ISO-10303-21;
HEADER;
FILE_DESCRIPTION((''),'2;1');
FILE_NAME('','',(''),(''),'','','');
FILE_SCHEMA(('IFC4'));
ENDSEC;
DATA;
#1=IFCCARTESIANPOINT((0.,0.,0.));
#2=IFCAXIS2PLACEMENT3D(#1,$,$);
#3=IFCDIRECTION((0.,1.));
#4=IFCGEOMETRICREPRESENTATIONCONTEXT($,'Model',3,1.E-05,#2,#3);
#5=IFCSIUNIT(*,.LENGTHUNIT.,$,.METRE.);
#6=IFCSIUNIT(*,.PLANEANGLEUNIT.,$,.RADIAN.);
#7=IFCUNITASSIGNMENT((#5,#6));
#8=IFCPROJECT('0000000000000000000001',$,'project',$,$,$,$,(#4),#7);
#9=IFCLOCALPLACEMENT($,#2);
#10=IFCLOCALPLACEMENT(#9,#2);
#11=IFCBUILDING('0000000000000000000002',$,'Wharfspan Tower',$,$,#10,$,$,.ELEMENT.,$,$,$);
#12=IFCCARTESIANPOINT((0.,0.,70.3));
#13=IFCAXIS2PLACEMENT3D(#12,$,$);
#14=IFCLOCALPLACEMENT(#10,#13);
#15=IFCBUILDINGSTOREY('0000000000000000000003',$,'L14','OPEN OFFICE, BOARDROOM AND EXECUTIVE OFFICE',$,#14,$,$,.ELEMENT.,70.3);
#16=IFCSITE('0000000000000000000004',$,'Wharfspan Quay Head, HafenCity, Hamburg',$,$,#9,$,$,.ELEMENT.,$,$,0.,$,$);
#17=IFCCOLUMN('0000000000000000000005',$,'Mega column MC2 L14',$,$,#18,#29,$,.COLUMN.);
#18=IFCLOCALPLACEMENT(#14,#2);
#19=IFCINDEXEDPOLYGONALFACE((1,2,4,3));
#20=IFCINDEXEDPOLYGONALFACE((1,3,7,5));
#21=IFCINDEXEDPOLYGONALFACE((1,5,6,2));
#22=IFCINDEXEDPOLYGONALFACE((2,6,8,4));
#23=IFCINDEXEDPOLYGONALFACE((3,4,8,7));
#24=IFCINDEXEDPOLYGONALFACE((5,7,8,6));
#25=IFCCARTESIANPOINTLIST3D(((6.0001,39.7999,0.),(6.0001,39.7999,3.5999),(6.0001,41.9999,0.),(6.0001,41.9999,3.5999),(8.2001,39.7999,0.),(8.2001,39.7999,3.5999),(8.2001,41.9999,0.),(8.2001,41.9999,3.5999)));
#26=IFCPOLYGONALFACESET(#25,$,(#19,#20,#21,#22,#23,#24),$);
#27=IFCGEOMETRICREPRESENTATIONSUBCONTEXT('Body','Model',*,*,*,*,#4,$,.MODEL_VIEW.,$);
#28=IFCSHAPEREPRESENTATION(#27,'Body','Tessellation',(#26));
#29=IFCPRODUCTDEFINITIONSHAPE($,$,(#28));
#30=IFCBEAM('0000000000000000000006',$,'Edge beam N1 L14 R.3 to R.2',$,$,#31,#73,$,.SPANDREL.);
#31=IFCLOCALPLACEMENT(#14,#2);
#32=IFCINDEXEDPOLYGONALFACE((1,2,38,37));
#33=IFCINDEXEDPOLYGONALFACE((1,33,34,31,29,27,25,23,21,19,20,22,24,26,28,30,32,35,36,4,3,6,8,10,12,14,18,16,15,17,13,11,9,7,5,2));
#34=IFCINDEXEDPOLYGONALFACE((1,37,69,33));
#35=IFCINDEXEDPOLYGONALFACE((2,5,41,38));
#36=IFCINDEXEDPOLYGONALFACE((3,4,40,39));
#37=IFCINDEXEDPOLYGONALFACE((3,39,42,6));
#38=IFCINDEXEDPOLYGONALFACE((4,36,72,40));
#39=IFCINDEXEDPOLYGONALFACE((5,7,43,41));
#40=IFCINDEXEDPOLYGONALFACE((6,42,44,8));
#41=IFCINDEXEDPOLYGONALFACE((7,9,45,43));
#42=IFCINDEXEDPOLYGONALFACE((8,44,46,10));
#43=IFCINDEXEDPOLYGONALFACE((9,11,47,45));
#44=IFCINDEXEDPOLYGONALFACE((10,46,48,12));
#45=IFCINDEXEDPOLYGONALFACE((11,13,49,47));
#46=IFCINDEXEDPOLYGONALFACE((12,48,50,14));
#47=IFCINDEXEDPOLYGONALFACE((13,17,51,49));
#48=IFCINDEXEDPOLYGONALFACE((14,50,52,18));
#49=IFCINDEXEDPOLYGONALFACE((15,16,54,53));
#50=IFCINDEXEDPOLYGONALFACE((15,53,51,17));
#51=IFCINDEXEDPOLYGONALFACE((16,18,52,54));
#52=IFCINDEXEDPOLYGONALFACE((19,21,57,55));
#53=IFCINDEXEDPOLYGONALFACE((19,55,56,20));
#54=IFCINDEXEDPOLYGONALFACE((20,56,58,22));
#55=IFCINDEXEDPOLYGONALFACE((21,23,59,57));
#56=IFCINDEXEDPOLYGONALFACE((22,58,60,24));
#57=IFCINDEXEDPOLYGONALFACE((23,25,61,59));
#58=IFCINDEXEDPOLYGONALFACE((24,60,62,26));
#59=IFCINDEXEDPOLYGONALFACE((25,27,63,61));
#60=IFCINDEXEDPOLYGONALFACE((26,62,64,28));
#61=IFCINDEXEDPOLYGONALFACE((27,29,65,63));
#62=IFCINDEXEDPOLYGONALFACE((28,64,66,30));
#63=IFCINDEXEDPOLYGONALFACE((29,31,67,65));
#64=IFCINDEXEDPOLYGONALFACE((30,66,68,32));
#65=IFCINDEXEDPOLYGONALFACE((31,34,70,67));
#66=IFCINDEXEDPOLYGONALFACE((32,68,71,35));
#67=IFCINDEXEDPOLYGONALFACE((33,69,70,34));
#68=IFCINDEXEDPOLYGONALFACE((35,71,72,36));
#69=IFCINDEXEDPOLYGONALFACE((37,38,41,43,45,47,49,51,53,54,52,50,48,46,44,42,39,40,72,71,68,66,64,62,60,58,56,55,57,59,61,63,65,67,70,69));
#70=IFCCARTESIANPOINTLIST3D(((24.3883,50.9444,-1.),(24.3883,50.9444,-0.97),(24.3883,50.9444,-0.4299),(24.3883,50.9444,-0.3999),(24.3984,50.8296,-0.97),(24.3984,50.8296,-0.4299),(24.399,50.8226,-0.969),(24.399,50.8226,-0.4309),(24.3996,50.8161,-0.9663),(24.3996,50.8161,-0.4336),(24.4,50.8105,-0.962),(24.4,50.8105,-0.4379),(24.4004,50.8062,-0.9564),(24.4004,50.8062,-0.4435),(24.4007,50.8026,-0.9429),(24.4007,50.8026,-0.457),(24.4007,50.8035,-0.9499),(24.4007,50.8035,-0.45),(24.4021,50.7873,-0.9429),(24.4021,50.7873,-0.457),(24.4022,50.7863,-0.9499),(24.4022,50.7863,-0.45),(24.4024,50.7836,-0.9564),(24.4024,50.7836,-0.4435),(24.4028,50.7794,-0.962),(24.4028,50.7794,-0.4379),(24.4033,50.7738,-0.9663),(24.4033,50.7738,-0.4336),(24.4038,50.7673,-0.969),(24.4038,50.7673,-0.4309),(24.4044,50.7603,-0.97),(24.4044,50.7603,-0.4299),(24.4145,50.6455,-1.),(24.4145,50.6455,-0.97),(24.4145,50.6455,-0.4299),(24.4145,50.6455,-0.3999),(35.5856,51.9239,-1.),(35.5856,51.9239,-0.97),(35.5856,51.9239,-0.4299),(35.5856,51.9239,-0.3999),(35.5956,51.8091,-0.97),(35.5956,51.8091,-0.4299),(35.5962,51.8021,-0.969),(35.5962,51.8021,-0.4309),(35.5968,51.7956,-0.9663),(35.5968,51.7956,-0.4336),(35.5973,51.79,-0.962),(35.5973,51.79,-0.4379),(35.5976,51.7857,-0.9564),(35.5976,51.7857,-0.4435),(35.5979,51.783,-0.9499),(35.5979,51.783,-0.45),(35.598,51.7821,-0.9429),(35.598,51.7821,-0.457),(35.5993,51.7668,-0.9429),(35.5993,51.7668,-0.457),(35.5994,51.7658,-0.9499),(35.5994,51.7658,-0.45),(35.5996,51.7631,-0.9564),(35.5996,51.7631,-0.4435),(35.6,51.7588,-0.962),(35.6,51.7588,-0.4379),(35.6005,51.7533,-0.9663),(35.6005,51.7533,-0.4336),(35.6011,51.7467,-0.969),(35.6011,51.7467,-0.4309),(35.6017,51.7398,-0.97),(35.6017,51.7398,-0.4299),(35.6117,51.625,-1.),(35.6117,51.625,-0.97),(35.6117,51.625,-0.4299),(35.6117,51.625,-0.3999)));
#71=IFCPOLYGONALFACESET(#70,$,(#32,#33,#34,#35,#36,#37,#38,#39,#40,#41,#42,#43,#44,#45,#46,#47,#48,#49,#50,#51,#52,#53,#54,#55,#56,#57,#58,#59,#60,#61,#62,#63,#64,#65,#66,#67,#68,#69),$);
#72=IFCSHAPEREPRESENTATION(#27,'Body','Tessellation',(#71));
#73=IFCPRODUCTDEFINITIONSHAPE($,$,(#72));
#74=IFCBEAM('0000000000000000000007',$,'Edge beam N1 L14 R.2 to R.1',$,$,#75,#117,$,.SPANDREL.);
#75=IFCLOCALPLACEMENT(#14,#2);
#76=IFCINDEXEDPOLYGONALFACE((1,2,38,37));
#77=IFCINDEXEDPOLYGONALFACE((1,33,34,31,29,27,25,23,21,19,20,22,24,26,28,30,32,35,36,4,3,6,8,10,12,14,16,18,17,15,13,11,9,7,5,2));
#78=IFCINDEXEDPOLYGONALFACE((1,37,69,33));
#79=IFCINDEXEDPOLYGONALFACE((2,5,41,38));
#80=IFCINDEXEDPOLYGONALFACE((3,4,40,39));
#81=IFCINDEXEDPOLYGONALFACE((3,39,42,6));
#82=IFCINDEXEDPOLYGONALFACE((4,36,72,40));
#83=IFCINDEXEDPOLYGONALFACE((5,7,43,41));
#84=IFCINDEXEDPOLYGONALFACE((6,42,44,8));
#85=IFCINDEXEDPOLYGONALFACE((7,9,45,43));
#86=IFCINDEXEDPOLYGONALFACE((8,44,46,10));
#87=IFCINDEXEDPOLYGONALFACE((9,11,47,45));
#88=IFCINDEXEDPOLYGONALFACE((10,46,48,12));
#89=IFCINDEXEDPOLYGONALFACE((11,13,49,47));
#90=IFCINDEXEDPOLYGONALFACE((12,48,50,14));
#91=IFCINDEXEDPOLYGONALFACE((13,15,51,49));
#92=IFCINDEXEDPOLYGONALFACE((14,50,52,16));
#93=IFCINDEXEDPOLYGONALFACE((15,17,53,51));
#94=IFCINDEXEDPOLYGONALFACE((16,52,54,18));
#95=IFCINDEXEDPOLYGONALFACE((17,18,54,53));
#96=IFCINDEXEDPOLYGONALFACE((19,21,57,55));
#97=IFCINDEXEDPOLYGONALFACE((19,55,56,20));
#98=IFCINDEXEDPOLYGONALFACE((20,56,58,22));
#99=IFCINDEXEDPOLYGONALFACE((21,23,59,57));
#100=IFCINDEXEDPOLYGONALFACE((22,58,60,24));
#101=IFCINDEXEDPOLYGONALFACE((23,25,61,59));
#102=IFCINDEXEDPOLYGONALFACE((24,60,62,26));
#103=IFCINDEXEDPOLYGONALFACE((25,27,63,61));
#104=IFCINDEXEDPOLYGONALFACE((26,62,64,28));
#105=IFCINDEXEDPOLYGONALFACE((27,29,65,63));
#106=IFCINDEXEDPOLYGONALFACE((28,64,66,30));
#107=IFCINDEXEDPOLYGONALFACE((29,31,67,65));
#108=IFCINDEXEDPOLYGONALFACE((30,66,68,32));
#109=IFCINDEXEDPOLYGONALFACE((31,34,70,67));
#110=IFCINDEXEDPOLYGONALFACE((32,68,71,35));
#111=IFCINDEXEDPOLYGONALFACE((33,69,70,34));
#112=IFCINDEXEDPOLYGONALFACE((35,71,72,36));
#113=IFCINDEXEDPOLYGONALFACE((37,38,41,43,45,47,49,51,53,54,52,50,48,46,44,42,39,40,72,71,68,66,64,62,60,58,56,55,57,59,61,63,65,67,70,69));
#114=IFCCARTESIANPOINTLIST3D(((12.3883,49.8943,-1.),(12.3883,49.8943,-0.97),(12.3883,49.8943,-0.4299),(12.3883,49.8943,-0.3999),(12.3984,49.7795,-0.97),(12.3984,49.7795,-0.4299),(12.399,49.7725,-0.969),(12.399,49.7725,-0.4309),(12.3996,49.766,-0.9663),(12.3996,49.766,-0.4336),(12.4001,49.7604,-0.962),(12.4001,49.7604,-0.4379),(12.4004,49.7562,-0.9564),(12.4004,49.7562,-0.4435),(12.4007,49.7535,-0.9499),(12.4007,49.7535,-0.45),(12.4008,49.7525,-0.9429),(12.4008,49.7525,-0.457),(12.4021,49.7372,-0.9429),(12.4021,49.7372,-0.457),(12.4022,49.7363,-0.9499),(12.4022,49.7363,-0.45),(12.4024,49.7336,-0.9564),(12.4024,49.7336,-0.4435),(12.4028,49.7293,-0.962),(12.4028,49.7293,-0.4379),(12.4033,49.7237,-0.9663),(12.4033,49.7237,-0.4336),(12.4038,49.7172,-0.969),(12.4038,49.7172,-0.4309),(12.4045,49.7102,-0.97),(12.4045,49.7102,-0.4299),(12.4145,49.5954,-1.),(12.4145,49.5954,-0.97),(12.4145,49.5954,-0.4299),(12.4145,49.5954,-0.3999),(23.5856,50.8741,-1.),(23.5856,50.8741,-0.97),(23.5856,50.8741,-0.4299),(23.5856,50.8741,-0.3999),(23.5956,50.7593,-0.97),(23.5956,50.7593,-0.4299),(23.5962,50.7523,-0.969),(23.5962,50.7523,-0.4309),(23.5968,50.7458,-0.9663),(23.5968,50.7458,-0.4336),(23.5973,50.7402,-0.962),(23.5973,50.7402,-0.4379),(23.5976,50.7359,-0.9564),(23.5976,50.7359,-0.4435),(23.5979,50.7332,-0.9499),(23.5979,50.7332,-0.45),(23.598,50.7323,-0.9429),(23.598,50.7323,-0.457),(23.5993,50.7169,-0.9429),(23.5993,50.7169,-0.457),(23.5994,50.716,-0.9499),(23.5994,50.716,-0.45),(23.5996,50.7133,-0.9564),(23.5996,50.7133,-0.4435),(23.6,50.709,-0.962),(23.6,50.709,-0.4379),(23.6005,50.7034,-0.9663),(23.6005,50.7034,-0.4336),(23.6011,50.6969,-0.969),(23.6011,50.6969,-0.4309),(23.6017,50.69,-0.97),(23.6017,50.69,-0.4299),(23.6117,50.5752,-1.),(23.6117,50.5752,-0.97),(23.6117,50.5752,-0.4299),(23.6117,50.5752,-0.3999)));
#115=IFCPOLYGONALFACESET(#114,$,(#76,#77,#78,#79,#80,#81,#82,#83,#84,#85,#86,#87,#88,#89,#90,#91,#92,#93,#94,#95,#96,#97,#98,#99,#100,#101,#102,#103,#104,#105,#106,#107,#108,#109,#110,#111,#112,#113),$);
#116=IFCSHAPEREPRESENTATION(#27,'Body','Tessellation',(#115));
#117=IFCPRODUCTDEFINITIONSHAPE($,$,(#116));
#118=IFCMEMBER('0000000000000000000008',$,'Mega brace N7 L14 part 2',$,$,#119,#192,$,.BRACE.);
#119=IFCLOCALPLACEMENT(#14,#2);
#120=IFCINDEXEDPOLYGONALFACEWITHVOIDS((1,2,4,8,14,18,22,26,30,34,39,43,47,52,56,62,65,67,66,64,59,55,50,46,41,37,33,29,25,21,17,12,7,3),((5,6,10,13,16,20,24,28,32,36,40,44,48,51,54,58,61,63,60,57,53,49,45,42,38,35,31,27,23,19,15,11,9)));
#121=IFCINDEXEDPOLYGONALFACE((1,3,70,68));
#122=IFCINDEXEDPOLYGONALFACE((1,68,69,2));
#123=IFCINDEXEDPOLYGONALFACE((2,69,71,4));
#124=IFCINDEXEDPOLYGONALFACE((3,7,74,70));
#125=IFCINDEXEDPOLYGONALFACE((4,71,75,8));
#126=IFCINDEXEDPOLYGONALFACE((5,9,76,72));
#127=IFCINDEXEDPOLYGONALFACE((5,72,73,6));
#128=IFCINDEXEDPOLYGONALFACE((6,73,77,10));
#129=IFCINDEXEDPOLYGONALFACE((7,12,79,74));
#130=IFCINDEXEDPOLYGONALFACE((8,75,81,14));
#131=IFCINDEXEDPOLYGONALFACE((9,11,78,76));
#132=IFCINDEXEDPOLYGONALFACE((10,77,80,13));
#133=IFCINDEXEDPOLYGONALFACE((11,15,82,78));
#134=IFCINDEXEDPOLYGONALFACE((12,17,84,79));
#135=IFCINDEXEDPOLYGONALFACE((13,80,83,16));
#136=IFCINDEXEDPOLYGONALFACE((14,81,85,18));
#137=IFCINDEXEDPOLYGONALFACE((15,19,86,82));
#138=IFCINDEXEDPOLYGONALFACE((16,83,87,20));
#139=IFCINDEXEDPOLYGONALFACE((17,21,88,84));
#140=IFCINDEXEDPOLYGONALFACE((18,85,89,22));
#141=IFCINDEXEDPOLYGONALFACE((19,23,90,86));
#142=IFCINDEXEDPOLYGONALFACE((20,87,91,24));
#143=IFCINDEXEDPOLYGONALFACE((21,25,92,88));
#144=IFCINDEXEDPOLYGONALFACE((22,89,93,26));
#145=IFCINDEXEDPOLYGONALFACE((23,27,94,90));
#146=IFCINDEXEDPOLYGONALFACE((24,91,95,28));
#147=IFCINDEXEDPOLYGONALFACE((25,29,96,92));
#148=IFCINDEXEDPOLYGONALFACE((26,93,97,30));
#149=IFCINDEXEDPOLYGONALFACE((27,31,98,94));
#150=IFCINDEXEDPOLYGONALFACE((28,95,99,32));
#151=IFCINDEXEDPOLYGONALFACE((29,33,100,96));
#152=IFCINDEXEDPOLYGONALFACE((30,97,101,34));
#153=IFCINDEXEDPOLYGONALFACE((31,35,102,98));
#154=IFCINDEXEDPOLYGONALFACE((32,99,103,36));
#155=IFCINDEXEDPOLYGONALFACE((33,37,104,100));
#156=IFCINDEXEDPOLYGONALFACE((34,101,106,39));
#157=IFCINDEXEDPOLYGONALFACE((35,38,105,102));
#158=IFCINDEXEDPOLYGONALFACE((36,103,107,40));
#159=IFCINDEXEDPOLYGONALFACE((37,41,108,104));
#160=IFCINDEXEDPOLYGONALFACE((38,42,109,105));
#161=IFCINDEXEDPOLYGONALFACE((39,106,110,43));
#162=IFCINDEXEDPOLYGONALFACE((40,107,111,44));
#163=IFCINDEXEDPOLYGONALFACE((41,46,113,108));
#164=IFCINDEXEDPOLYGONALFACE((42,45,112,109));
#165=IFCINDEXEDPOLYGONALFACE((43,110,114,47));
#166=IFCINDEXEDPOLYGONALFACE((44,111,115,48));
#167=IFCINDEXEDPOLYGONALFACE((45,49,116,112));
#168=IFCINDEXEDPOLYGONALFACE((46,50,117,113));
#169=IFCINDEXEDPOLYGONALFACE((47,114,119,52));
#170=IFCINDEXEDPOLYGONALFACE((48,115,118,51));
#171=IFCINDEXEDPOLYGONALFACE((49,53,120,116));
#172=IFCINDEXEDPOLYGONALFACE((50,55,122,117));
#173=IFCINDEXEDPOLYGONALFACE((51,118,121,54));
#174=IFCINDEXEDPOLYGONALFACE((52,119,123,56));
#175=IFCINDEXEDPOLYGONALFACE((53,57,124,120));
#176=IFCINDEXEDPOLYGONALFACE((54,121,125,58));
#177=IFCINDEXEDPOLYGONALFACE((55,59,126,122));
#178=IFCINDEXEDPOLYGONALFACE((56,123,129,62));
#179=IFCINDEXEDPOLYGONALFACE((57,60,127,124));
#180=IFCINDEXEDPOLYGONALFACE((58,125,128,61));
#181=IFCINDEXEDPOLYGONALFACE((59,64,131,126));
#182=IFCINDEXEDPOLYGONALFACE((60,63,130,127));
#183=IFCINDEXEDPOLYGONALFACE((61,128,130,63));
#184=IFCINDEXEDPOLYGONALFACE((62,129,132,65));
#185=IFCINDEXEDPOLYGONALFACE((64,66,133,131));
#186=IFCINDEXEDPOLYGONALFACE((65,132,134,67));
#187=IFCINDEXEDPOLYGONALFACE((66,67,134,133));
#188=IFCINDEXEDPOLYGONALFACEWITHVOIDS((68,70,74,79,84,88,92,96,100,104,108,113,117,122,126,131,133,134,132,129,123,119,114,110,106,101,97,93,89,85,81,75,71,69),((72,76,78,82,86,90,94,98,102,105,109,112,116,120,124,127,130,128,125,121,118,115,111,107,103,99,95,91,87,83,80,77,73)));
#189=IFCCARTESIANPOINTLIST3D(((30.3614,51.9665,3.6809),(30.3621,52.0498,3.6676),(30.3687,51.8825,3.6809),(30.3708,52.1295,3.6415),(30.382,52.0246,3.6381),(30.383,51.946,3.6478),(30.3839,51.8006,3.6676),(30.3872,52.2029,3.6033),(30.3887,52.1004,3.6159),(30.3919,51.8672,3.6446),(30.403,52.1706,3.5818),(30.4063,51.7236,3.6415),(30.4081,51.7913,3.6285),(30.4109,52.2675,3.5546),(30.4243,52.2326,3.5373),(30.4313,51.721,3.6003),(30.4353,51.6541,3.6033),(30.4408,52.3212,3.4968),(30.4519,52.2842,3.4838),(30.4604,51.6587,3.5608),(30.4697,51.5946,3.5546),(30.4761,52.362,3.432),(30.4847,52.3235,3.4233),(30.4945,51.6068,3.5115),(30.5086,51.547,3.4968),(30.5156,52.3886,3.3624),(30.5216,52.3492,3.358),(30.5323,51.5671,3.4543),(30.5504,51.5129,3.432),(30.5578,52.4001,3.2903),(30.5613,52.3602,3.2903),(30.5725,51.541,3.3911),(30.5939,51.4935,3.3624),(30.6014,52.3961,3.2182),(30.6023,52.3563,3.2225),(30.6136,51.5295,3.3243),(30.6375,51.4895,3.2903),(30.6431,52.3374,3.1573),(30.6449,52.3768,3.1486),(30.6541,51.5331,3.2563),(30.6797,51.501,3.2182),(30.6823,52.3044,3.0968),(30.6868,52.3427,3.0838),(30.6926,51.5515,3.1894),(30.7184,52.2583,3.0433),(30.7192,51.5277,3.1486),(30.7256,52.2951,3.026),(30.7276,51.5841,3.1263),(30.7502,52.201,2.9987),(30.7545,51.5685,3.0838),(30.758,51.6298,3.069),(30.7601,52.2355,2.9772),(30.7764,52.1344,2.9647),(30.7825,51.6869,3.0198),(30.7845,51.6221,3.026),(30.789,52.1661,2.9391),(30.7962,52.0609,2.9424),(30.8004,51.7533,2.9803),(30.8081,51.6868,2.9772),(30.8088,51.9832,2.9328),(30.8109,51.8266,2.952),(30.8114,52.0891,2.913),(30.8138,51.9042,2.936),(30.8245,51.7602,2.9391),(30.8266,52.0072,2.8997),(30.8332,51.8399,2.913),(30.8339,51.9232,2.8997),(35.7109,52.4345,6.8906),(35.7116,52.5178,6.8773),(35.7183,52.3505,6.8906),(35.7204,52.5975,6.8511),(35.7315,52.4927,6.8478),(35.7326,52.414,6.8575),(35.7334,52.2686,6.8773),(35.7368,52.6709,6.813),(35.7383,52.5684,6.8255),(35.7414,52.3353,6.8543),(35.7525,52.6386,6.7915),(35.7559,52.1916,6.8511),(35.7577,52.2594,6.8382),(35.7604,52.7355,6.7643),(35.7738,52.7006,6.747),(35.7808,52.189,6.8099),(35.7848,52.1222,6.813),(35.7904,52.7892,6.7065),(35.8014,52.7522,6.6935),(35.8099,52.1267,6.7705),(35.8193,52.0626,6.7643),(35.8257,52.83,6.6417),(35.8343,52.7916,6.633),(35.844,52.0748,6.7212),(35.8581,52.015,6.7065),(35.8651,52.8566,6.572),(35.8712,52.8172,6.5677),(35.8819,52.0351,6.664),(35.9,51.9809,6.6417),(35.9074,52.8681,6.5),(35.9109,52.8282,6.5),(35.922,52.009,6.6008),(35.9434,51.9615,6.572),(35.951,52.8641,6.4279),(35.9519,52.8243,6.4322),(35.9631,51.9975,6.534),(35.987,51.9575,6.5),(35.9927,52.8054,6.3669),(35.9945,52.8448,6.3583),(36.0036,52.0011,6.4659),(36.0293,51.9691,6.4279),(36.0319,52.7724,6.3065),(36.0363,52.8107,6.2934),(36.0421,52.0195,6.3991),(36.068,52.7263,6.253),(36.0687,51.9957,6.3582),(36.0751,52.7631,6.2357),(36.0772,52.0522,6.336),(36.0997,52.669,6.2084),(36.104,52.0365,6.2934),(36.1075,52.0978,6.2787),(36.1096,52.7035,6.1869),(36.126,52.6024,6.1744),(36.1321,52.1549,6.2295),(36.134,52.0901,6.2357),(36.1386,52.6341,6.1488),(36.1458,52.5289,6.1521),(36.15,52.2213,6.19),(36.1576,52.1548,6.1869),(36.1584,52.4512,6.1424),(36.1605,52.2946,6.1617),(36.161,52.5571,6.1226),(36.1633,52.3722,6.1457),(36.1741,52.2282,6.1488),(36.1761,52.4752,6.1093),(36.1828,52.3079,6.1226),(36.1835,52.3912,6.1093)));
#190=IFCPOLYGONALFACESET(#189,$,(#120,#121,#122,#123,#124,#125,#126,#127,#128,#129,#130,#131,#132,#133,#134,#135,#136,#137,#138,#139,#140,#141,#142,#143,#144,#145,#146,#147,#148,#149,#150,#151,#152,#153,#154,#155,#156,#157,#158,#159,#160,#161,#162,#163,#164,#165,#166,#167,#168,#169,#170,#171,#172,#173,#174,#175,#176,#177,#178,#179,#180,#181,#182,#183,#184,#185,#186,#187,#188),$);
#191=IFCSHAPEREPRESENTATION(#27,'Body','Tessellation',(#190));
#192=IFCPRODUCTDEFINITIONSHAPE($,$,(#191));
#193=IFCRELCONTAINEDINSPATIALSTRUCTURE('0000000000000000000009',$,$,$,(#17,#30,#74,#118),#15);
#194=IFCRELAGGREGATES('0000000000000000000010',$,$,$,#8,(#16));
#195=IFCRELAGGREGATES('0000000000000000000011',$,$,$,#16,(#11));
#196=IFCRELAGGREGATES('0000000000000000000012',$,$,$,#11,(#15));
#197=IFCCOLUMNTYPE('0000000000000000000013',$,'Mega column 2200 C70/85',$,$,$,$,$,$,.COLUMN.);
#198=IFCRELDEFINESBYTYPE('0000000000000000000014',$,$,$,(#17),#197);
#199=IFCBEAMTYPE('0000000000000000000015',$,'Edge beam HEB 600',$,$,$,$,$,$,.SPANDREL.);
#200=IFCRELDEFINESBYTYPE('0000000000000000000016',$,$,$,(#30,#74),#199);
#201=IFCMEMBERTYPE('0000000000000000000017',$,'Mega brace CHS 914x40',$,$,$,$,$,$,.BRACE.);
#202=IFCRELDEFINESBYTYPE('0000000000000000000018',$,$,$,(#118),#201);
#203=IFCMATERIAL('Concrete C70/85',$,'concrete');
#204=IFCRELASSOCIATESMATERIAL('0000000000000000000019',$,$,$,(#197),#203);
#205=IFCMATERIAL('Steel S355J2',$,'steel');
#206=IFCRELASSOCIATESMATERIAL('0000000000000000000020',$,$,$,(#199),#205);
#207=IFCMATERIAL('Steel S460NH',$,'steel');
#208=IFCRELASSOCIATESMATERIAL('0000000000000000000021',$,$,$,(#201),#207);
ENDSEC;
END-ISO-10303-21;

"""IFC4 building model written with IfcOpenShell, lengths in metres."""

from ifc_helpers import new_model, si_unit, direction, frame, origin, origin_2d, place, context, subcontext, project, spatial, rectangle, hollow_circle, i_section, extrude, material, material_profile, profile_set, type_object, element, save


model = new_model("IFC4")

# Units and contexts
model_context = context("Model", 3, precision=1e-05, world=origin(), true_north=direction((0.0, 1.0)))
body_context = subcontext(model_context, "Body", "Model", "MODEL_VIEW")
ifc_project = project(units=[si_unit("LENGTHUNIT", "METRE"), si_unit("PLANEANGLEUNIT", "RADIAN")], contexts=[model_context])

# Site, building, storey
site_placement = place(None, origin())
site = spatial("IfcSite", under=ifc_project, at=site_placement, Name="Wharfspan Quay Head, HafenCity, Hamburg", CompositionType="ELEMENT", RefElevation=0.0)
building_placement = place(site_placement, origin())
building = spatial("IfcBuilding", under=site, at=building_placement, Name="Wharfspan Tower", CompositionType="ELEMENT")
storey_placement = place(building_placement, frame((0.0, 0.0, 70.3)))
storey = spatial("IfcBuildingStorey", under=building, at=storey_placement, Name="L14", Description="OPEN OFFICE, BOARDROOM AND EXECUTIVE OFFICE", CompositionType="ELEMENT", Elevation=70.3)

# Column
ifc_material_1 = material(Name="Steel S355J2", Category="steel")
ifc_material_2 = material(Name="Concrete C70/85", Category="concrete")
ifc_material_profile_1 = material_profile(ifc_material_2, rectangle(XDim=2.2, YDim=2.2, at=origin_2d()))
ifc_profile_set_1 = profile_set([ifc_material_profile_1], Name="Concrete C70/85")
column_type_1 = type_object("IfcColumnType", Name="Mega column 2200 C70/85", PredefinedType="COLUMN", material=ifc_profile_set_1)
column_1_placement = place(storey_placement, frame((7.1001, 40.8999, 0.0), z_axis=(0.0, 0.0, 1.0), x_axis=(1.0, 0.0, 0.0)))
element("IfcColumn", 1, at=column_1_placement, inside=storey, type_object=column_type_1, Name="Mega column MC2 L14", PredefinedType="COLUMN", context=body_context, shape_type="SweptSolid", body=[
    extrude(rectangle(XDim=2.2, YDim=2.2, at=origin_2d()), origin(), (0.0, 0.0, 1.0), 3.5999),
])

# Beams
ifc_material_profile_2 = material_profile(ifc_material_1, i_section(OverallWidth=0.3, OverallDepth=0.6001, WebThickness=0.0154, FlangeThickness=0.03, FilletRadius=0.0271, at=origin_2d()))
ifc_profile_set_2 = profile_set([ifc_material_profile_2], Name="Steel S355J2")
beam_type = type_object("IfcBeamType", Name="Edge beam HEB 600", PredefinedType="SPANDREL", material=ifc_profile_set_2)
for number, where, z_axis, x_axis, name in (
    (2, (35.5986, 51.7744, -0.7), (-0.996196, -0.087143, 0.0), (0.087143, -0.996196, 0.0), "Edge beam N1 L14 R.3 to R.2"),
    (3, (23.5986, 50.7246, -0.7), (-0.996194, -0.087165, 0.0), (0.087165, -0.996194, 0.0), "Edge beam N1 L14 R.2 to R.1"),
):
    element("IfcBeam", number, at=place(storey_placement, frame(where, z_axis=z_axis, x_axis=x_axis)), inside=storey, type_object=beam_type, Name=name, PredefinedType="SPANDREL", context=body_context, shape_type="SweptSolid", body=[
        extrude(i_section(OverallWidth=0.3, OverallDepth=0.6001, WebThickness=0.0154, FlangeThickness=0.03, FilletRadius=0.0271, at=origin_2d()), origin(), (0.0, 0.0, 1.0), 11.24),
    ])

# Member
ifc_material_3 = material(Name="Steel S460NH", Category="steel")
ifc_material_profile_3 = material_profile(ifc_material_3, hollow_circle(Radius=0.457, WallThickness=0.04, at=origin_2d()))
ifc_profile_set_3 = profile_set([ifc_material_profile_3], Name="Steel S460NH")
member_type = type_object("IfcMemberType", Name="Mega brace CHS 914x40", PredefinedType="BRACE", material=ifc_profile_set_3)
for number, where, z_axis, x_axis, name in (
    (4, (30.5977, 51.9448, 3.2903), (0.855094, 0.074809, 0.513048), (-0.087154, 0.996195, 0.000001), "Mega brace N7 L14 part 2"),
):
    element("IfcMember", number, at=place(storey_placement, frame(where, z_axis=z_axis, x_axis=x_axis)), inside=storey, type_object=member_type, Name=name, PredefinedType="BRACE", context=body_context, shape_type="SweptSolid", body=[
        extrude(hollow_circle(Radius=0.457, WallThickness=0.04, at=origin_2d()), origin(), (0.0, 0.0, 1.0), 6.2561),
    ])

save(model, "model.ifc")
